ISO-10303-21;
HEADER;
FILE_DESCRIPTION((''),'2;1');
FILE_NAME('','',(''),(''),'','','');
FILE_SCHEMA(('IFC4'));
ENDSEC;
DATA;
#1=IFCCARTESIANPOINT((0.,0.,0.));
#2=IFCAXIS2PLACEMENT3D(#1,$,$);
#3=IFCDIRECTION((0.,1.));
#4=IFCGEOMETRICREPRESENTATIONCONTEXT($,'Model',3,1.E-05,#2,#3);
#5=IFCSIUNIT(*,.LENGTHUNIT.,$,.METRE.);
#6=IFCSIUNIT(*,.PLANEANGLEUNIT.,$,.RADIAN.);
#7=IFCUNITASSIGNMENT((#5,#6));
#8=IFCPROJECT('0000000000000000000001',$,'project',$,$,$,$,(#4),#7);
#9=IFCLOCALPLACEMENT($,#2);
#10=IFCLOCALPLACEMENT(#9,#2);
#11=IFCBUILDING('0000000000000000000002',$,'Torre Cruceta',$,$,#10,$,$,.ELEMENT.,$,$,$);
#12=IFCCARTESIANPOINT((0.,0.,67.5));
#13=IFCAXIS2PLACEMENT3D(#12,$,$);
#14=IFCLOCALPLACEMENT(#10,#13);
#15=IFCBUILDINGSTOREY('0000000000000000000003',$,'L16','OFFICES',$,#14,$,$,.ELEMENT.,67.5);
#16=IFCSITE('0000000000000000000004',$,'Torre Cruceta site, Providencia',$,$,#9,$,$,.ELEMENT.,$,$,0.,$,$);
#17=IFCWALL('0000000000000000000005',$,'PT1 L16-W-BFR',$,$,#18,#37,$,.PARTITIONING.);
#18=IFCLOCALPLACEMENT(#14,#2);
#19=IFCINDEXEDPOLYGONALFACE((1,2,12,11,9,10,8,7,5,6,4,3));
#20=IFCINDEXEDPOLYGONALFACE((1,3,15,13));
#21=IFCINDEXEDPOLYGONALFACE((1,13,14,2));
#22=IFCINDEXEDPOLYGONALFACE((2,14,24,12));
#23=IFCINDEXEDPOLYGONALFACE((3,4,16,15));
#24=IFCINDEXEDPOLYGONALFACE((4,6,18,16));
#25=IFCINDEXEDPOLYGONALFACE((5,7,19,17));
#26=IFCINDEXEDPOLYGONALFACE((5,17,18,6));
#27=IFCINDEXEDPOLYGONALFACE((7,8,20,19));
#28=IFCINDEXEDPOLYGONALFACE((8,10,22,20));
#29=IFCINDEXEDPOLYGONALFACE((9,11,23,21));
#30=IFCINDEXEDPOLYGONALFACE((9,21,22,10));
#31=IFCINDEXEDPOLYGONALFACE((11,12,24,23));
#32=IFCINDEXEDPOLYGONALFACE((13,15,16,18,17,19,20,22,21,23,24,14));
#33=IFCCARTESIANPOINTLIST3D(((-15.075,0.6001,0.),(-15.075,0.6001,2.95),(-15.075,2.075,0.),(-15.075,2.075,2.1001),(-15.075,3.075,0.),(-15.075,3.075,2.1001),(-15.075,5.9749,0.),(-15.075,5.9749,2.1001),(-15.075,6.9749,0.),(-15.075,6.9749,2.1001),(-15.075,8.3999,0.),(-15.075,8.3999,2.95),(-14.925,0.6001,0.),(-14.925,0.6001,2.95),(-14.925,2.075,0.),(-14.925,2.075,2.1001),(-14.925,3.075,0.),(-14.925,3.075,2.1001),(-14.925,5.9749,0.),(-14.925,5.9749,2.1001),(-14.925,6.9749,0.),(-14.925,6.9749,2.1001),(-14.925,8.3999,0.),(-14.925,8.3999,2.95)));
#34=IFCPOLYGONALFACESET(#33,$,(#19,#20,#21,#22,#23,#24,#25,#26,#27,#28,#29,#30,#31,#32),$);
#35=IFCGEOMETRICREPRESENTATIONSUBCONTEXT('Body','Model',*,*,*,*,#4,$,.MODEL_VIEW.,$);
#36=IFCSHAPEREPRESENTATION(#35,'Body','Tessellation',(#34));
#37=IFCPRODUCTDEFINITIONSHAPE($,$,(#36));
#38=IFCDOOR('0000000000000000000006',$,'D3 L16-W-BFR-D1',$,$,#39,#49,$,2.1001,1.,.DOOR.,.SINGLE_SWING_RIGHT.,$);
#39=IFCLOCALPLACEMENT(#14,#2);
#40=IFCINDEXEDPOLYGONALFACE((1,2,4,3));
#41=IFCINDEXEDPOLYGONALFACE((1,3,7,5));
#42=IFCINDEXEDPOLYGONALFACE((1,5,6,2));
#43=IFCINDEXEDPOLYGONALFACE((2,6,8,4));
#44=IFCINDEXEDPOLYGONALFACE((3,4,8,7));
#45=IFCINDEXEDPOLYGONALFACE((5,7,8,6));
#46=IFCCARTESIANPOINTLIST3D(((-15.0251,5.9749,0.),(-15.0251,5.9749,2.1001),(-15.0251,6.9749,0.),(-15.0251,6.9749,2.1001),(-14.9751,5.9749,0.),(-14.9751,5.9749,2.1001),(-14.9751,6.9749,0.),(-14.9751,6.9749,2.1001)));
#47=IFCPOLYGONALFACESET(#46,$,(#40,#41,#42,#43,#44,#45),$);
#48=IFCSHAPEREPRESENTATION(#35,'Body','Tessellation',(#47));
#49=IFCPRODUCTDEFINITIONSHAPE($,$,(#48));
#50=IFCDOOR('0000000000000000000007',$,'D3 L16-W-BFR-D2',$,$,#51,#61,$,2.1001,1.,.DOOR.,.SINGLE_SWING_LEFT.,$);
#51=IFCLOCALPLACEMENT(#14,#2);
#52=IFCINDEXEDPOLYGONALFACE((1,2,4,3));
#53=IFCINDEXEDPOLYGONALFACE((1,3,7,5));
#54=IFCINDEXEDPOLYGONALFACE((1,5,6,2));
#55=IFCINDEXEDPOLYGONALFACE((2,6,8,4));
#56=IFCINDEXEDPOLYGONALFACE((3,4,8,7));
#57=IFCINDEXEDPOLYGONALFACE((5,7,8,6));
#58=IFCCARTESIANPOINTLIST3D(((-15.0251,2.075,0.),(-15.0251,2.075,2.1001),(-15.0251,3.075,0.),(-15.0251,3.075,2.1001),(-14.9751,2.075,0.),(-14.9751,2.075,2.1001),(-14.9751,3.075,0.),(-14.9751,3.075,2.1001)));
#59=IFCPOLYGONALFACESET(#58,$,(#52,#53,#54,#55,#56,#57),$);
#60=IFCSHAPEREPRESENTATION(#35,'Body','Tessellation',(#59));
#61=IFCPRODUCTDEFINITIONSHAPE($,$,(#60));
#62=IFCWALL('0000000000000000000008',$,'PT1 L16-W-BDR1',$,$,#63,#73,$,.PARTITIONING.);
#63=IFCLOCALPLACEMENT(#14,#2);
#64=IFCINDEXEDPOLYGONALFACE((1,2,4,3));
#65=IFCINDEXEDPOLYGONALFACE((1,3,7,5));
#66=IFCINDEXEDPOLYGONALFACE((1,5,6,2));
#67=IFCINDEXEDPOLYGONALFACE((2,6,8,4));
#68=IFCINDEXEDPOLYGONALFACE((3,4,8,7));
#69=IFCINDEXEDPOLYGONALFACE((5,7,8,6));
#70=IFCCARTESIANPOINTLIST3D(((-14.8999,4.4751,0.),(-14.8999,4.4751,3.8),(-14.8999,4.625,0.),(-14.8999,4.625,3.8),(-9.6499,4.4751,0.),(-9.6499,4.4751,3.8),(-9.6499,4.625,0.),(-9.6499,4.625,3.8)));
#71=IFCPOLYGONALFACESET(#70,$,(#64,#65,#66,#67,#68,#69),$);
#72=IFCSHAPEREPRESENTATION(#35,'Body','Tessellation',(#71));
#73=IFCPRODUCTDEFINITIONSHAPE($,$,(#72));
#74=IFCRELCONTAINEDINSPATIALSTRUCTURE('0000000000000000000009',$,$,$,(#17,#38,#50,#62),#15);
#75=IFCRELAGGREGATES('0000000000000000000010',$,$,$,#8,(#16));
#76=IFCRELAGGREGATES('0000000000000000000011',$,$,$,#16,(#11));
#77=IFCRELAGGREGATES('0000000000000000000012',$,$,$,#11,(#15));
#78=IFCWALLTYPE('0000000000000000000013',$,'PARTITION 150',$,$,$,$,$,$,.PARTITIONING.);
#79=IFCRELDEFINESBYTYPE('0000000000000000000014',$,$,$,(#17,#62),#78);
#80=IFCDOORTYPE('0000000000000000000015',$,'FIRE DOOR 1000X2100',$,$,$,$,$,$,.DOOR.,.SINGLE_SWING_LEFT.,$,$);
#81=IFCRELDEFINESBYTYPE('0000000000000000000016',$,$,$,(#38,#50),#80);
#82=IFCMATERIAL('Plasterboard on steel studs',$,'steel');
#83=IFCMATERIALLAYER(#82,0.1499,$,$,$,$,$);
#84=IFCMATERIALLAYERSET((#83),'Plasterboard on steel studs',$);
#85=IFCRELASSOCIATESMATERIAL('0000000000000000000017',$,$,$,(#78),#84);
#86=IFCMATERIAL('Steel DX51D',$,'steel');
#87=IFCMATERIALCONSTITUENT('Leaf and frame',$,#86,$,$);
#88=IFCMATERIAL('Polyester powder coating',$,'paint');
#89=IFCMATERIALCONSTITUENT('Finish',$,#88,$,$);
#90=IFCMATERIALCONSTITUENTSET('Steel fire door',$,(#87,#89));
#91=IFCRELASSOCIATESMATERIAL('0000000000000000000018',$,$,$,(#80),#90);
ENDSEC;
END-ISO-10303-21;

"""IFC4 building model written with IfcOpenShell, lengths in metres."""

from ifc_helpers import new_model, si_unit, direction, frame, frame_2d, origin, place, context, subcontext, project, spatial, rectangle, extrude, material, layer, layer_set, constituent, constituent_set, type_object, element, fill, save


model = new_model("IFC4")

# Units and contexts
model_context = context("Model", 3, precision=1e-05, world=origin(), true_north=direction((0.0, 1.0)))
body_context = subcontext(model_context, "Body", "Model", "MODEL_VIEW")
ifc_project = project(units=[si_unit("LENGTHUNIT", "METRE"), si_unit("PLANEANGLEUNIT", "RADIAN")], contexts=[model_context])

# Site, building, storey
site_placement = place(None, origin())
site = spatial("IfcSite", under=ifc_project, at=site_placement, Name="Torre Cruceta site, Providencia", CompositionType="ELEMENT", RefElevation=0.0)
building_placement = place(site_placement, origin())
building = spatial("IfcBuilding", under=site, at=building_placement, Name="Torre Cruceta", CompositionType="ELEMENT")
storey_placement = place(building_placement, frame((0.0, 0.0, 67.5)))
storey = spatial("IfcBuildingStorey", under=building, at=storey_placement, Name="L16", Description="OFFICES", CompositionType="ELEMENT", Elevation=67.5)

# Wall, openings, doors
ifc_material_1 = material(Name="Plasterboard on steel studs", Category="steel")
ifc_layer_1 = layer(ifc_material_1, 0.1499)
ifc_layer_set_1 = layer_set([ifc_layer_1], Name="Plasterboard on steel studs")
wall_type_1 = type_object("IfcWallType", Name="PARTITION 150", PredefinedType="PARTITIONING", material=ifc_layer_set_1)
wall_1_placement = place(storey_placement, frame((-15.0, 8.3999, 0.0), z_axis=(0.0, 0.0, 1.0), x_axis=(0.0, -1.0, 0.0)))
wall_1 = element("IfcWall", 1, at=wall_1_placement, inside=storey, type_object=wall_type_1, Name="PT1 L16-W-BFR", PredefinedType="PARTITIONING", context=body_context, shape_type="SweptSolid", body=[
    extrude(rectangle(XDim=7.7998, YDim=0.1499, at=frame_2d((3.8999, 0.0))), origin(), (0.0, 0.0, 1.0), 2.95),
])
opening_1_placement = place(wall_1_placement, frame((1.425, 0.0, 0.0)))
opening_1 = element("IfcOpeningElement", 2, at=opening_1_placement, cuts=wall_1, PredefinedType="OPENING", context=body_context, shape_type="SweptSolid", body=[
    extrude(rectangle(XDim=1.0, YDim=2.1001, at=frame_2d((0.5, 1.05))), frame((0.0, 0.085, 0.0), z_axis=(0.0, -1.0, 0.0), x_axis=(1.0, 0.0, 0.0)), (0.0, 0.0, 1.0), 0.1699),
])
opening_2_placement = place(wall_1_placement, frame((5.325, 0.0, 0.0)))
opening_2 = element("IfcOpeningElement", 3, at=opening_2_placement, cuts=wall_1, PredefinedType="OPENING", context=body_context, shape_type="SweptSolid", body=[
    extrude(rectangle(XDim=1.0, YDim=2.1001, at=frame_2d((0.5, 1.05))), frame((0.0, 0.085, 0.0), z_axis=(0.0, -1.0, 0.0), x_axis=(1.0, 0.0, 0.0)), (0.0, 0.0, 1.0), 0.1699),
])
ifc_material_2 = material(Name="Steel DX51D", Category="steel")
ifc_constituent_1 = constituent(ifc_material_2, Name="Leaf and frame")
ifc_material_3 = material(Name="Polyester powder coating", Category="paint")
ifc_constituent_2 = constituent(ifc_material_3, Name="Finish")
ifc_constituent_set_1 = constituent_set(constituents=[ifc_constituent_1, ifc_constituent_2], Name="Steel fire door")
door_type_1 = type_object("IfcDoorType", Name="FIRE DOOR 1000X2100", OperationType="SINGLE_SWING_LEFT", PredefinedType="DOOR", material=ifc_constituent_set_1)
door_1_placement = place(opening_1_placement, origin())
door_1 = element("IfcDoor", 4, at=door_1_placement, inside=storey, type_object=door_type_1, Name="D3 L16-W-BFR-D1", OperationType="SINGLE_SWING_RIGHT", OverallHeight=2.1001, OverallWidth=1.0, PredefinedType="DOOR", context=body_context, shape_type="SweptSolid", body=[
    extrude(rectangle(XDim=1.0, YDim=2.1001, at=frame_2d((0.5, 1.05))), frame((0.0, 0.0249, 0.0), z_axis=(0.0, -1.0, 0.0), x_axis=(1.0, 0.0, 0.0)), (0.0, 0.0, 1.0), 0.05),
])
fill(opening_1, door_1)
door_2_placement = place(opening_2_placement, origin())
door_2 = element("IfcDoor", 5, at=door_2_placement, inside=storey, type_object=door_type_1, Name="D3 L16-W-BFR-D2", OperationType="SINGLE_SWING_LEFT", OverallHeight=2.1001, OverallWidth=1.0, PredefinedType="DOOR", context=body_context, shape_type="SweptSolid", body=[
    extrude(rectangle(XDim=1.0, YDim=2.1001, at=frame_2d((0.5, 1.05))), frame((0.0, 0.0249, 0.0), z_axis=(0.0, -1.0, 0.0), x_axis=(1.0, 0.0, 0.0)), (0.0, 0.0, 1.0), 0.05),
])
fill(opening_2, door_2)

# Wall
wall_2_placement = place(storey_placement, frame((-9.6499, 4.55, 0.0), z_axis=(0.0, 0.0, 1.0), x_axis=(-1.0, 0.0, 0.0)))
element("IfcWall", 6, at=wall_2_placement, inside=storey, type_object=wall_type_1, Name="PT1 L16-W-BDR1", PredefinedType="PARTITIONING", context=body_context, shape_type="SweptSolid", body=[
    extrude(rectangle(XDim=5.25, YDim=0.1499, at=frame_2d((2.625, 0.0))), origin(), (0.0, 0.0, 1.0), 3.8),
])

save(model, "model.ifc")
